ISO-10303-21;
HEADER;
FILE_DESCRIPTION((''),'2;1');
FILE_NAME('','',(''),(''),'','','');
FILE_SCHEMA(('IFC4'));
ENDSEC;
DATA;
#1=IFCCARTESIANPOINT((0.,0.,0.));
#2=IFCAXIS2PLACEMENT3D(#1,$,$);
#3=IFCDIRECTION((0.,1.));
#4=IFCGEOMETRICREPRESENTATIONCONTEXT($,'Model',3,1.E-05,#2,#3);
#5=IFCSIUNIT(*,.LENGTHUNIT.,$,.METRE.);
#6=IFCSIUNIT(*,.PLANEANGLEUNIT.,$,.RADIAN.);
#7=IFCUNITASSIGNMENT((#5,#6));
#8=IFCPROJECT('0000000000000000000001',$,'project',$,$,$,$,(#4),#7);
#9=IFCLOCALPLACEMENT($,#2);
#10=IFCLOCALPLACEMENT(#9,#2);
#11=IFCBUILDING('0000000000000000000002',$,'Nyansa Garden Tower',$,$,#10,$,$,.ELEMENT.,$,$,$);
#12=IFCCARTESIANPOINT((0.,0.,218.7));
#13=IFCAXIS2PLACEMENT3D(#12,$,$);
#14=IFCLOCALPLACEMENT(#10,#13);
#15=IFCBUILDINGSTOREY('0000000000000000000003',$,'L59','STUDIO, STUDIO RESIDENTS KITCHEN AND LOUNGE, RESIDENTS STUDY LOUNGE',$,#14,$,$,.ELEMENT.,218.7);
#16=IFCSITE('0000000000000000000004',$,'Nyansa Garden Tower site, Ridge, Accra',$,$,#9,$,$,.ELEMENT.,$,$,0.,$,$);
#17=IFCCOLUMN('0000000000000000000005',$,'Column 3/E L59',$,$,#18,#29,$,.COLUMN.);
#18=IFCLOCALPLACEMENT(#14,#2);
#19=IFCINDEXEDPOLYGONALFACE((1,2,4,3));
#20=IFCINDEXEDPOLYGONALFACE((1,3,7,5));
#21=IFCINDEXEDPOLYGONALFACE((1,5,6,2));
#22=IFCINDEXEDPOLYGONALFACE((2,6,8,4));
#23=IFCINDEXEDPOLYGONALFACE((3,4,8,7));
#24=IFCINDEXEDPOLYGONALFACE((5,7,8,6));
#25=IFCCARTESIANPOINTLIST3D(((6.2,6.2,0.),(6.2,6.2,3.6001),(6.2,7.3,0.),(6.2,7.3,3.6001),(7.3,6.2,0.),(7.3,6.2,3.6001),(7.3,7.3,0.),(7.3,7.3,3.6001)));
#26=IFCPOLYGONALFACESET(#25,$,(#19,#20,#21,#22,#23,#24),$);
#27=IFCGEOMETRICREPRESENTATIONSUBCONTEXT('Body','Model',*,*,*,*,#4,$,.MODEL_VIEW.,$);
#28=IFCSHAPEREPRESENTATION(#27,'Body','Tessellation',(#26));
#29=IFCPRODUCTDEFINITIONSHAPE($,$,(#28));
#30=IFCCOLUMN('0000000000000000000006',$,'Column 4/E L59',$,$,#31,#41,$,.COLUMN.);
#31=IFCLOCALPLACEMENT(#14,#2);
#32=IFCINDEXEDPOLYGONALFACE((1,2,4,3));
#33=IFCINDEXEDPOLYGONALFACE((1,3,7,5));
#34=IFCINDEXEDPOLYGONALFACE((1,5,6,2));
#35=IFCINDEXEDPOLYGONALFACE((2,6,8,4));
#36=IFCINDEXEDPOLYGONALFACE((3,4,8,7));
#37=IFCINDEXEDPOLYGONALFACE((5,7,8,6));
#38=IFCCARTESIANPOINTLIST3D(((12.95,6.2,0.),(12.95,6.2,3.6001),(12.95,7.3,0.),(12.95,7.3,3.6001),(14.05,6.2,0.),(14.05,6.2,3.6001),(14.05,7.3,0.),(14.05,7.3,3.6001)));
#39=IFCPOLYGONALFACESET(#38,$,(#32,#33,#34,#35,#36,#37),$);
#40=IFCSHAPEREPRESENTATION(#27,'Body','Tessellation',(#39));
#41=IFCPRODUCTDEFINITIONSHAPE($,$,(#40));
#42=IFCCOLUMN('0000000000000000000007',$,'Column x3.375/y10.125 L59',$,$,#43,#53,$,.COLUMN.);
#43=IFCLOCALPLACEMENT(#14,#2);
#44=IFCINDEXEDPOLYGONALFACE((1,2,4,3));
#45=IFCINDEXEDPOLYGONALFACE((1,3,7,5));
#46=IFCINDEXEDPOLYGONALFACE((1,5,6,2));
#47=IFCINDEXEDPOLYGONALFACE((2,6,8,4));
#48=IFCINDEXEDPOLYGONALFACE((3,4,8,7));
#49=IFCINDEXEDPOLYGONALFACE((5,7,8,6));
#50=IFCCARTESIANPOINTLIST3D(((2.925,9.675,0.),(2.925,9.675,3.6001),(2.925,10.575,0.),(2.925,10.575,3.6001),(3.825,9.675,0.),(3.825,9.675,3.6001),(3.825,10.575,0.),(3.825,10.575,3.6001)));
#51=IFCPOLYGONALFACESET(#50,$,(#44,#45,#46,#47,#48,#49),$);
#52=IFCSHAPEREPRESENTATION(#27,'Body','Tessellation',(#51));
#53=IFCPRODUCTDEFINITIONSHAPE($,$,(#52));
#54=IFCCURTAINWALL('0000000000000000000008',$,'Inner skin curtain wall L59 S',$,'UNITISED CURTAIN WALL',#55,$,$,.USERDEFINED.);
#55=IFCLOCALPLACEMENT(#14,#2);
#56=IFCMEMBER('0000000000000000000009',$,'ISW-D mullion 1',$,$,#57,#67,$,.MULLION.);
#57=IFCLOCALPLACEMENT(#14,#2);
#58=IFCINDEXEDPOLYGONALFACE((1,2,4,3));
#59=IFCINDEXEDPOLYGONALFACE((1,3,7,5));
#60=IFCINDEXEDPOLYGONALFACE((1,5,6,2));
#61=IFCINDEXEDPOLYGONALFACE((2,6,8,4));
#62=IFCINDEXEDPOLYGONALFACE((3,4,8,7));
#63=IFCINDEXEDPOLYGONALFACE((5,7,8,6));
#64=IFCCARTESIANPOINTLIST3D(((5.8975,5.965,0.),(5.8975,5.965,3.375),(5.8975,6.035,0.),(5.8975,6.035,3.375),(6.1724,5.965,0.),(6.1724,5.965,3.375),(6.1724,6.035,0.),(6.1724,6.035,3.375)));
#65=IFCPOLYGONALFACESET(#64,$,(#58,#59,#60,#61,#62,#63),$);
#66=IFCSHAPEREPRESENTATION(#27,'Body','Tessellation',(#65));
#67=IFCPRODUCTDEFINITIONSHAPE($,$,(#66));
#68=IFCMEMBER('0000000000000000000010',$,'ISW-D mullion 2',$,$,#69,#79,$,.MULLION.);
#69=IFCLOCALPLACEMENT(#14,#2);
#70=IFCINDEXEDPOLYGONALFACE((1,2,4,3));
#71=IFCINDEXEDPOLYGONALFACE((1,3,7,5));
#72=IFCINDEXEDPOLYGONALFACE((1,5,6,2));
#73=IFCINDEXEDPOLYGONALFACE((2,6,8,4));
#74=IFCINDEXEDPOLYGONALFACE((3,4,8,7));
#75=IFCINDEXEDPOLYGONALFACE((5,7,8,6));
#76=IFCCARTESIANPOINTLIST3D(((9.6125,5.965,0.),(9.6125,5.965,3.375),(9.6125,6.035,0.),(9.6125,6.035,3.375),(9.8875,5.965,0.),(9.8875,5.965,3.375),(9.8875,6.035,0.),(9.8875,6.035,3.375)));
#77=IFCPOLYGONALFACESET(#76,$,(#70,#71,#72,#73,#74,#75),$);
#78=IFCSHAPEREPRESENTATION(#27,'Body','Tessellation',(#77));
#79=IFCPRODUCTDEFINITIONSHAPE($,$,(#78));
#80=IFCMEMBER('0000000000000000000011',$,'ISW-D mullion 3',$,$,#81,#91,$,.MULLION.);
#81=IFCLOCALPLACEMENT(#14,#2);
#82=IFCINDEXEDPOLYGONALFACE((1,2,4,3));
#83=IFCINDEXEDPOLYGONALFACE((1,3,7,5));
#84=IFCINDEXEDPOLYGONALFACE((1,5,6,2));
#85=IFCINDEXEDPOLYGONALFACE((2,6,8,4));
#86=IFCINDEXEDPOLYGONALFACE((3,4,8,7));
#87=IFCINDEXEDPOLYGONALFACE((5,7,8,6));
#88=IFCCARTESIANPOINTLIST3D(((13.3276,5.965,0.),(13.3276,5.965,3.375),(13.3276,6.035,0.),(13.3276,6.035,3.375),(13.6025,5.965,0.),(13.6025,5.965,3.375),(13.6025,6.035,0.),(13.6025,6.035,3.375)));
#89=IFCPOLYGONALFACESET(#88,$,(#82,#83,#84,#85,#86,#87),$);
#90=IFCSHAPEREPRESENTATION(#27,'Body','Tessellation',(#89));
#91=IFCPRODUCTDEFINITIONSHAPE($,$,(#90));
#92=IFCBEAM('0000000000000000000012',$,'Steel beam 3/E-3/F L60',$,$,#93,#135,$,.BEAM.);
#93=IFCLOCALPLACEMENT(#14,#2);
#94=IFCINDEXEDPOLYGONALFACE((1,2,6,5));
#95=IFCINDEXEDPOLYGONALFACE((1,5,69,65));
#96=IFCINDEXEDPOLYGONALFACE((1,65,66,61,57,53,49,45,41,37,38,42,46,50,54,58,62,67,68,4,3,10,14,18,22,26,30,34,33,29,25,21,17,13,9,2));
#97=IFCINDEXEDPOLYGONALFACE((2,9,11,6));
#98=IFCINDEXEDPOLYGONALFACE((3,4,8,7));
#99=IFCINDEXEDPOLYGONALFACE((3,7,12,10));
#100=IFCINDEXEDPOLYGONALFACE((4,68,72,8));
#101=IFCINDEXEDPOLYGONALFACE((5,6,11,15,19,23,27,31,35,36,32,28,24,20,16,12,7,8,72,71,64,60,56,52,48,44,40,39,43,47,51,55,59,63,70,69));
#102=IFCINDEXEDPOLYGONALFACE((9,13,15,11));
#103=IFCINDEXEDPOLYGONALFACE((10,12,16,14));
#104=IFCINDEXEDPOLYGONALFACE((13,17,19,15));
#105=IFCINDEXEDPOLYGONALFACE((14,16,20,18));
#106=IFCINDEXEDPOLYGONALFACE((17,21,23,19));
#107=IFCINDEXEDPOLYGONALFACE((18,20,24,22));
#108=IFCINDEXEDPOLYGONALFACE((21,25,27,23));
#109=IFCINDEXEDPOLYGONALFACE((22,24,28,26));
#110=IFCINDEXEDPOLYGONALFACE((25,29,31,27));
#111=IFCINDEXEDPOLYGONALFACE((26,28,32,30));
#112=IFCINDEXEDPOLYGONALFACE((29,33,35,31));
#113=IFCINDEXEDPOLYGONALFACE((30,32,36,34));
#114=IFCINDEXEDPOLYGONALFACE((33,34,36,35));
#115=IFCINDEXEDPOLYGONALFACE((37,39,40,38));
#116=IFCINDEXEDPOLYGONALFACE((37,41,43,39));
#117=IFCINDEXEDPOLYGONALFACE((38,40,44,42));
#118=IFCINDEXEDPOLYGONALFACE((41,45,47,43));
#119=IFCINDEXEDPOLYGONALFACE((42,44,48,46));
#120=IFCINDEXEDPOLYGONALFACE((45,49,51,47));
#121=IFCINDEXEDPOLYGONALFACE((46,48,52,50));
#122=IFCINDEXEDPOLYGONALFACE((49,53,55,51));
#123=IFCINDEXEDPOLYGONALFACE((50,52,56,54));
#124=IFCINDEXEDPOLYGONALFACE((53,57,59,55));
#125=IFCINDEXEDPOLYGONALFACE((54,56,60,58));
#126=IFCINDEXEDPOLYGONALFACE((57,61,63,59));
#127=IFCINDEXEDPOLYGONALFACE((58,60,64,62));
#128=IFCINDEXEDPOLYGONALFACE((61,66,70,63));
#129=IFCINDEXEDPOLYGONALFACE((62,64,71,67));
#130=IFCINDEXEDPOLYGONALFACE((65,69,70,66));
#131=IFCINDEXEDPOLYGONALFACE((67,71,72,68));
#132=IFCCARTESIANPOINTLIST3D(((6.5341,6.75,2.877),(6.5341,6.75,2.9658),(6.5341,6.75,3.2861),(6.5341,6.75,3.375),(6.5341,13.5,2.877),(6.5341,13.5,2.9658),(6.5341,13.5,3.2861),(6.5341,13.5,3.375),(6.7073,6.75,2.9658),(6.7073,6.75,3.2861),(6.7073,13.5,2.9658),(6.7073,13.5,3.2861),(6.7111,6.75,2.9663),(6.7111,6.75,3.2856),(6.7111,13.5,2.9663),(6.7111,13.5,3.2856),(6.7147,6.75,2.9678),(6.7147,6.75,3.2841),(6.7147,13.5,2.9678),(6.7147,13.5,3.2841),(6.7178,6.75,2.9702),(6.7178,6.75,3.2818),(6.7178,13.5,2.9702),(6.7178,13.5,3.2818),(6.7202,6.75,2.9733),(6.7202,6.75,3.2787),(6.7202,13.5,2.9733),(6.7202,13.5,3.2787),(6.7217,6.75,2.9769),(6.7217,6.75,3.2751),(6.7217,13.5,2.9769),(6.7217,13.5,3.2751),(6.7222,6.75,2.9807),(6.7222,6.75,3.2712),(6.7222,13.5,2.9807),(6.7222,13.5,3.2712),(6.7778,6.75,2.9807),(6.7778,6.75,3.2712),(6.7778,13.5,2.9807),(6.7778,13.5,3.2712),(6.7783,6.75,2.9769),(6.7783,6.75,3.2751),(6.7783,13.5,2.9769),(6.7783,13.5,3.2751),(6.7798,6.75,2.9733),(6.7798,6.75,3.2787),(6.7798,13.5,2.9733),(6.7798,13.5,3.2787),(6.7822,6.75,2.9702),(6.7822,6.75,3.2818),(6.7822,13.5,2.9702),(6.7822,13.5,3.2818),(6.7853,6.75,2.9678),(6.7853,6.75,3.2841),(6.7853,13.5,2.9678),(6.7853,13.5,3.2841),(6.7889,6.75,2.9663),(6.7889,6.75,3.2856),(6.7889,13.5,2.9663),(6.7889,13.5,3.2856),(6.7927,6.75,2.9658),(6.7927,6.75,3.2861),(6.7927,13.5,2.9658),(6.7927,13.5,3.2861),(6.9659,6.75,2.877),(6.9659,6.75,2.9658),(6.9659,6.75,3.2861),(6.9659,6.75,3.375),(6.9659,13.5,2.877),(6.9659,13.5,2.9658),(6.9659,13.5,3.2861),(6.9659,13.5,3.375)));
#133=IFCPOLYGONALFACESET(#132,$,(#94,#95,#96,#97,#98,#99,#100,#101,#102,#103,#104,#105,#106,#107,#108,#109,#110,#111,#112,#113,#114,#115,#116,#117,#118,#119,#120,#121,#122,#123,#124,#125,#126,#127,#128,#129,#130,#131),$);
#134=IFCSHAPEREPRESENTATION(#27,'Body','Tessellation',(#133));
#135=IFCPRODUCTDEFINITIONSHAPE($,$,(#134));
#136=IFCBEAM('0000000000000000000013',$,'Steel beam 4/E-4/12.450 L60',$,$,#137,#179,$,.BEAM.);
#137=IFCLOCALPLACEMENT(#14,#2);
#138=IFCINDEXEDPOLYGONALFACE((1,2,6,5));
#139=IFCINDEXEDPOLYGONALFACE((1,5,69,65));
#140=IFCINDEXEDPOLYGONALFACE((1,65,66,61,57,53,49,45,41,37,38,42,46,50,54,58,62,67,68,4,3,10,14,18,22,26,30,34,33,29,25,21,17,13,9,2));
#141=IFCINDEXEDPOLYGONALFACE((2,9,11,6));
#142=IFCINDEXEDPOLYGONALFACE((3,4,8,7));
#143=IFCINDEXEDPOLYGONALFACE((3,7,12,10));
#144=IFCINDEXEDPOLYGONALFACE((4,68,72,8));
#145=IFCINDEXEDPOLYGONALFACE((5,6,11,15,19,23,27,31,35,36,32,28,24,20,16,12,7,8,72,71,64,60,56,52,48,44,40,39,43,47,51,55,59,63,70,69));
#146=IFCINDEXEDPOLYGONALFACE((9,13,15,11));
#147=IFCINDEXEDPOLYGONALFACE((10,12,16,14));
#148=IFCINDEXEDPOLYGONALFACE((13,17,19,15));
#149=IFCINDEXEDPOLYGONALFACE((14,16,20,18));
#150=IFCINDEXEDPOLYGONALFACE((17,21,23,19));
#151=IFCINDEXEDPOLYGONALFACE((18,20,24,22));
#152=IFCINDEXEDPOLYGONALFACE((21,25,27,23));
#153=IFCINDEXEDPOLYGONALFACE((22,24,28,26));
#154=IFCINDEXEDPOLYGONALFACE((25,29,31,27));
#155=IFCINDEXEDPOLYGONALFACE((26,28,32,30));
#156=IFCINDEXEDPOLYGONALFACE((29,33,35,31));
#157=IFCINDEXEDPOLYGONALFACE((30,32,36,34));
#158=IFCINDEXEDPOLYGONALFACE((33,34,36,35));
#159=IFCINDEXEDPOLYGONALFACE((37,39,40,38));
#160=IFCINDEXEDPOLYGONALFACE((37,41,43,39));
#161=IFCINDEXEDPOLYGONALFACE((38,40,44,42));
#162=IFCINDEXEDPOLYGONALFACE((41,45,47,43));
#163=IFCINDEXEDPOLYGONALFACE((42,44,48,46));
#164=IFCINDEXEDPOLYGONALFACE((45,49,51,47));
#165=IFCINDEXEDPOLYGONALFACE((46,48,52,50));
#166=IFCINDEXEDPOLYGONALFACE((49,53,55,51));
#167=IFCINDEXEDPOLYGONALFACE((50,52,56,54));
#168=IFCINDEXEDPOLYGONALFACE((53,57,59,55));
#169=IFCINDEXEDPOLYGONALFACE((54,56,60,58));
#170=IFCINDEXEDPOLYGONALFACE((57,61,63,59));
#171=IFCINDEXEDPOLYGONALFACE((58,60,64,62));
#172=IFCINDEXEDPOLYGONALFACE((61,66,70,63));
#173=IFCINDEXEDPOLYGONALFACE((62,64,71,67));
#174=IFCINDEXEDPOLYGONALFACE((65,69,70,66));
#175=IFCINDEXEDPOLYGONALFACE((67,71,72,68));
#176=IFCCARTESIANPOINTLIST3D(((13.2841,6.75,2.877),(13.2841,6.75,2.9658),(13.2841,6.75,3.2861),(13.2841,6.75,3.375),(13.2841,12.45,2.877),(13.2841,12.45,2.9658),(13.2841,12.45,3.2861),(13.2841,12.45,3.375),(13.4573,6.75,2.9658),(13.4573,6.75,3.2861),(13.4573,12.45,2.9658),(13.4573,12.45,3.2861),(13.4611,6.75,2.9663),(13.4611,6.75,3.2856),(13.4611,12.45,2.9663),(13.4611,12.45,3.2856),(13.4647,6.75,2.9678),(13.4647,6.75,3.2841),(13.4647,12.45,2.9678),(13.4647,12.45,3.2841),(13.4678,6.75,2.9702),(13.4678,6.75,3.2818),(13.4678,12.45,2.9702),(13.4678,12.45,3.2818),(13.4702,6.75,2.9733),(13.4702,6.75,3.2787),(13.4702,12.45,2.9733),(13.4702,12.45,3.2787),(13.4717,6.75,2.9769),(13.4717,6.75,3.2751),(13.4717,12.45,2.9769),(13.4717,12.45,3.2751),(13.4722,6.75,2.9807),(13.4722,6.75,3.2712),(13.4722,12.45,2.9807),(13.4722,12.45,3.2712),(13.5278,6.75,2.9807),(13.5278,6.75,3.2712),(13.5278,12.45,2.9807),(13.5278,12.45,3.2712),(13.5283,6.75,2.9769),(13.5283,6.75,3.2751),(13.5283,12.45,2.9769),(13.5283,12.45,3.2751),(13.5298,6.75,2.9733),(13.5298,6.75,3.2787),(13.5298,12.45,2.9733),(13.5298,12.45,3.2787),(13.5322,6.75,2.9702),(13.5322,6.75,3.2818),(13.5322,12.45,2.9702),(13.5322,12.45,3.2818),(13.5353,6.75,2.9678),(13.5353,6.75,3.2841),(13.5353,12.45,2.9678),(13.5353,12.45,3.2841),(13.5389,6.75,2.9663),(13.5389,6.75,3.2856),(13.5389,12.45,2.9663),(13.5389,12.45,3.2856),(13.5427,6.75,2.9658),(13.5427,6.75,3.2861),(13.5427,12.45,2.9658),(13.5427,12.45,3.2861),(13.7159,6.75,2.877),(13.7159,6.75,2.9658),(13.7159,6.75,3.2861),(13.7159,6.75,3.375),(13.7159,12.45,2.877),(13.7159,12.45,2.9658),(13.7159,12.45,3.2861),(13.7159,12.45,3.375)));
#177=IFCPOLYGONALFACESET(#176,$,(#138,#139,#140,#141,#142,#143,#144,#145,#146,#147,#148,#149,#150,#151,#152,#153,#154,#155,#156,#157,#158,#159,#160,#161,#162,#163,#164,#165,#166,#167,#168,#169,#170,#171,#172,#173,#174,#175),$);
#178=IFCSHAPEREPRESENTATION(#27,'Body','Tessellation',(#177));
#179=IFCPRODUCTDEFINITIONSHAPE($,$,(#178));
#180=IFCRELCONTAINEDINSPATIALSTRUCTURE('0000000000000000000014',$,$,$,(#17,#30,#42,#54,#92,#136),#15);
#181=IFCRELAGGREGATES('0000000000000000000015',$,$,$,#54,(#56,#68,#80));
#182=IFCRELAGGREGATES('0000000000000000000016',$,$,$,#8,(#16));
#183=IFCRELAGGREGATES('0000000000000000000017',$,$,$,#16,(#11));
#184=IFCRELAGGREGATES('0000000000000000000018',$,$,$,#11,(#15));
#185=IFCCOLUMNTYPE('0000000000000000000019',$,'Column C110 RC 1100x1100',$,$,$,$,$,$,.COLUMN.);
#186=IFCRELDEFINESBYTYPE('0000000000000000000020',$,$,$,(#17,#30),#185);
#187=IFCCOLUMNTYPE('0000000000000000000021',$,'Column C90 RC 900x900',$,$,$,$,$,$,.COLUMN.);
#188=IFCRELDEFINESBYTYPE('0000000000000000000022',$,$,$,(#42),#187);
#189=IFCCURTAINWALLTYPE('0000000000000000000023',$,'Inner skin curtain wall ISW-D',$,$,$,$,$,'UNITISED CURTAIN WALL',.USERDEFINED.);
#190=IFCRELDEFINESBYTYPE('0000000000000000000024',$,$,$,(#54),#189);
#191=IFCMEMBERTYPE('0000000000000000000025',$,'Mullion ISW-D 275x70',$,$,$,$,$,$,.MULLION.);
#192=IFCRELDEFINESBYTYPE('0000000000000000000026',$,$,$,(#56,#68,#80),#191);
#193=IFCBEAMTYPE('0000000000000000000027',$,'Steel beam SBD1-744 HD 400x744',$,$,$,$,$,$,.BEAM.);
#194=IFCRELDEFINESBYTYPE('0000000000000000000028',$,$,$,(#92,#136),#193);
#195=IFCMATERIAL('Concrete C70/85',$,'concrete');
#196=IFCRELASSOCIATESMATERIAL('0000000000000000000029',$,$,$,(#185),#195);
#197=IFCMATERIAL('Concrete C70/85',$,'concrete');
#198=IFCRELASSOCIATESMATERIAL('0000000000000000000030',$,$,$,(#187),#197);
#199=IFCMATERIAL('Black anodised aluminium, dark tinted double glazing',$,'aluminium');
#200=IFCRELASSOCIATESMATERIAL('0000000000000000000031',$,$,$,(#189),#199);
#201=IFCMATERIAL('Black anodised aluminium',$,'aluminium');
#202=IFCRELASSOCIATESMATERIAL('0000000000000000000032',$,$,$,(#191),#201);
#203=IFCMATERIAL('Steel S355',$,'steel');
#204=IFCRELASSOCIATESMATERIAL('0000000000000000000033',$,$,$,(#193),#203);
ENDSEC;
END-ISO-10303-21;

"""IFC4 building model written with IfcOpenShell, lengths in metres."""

from ifc_helpers import new_model, si_unit, direction, frame, origin, origin_2d, place, context, subcontext, project, spatial, rectangle, i_section, extrude, material, material_profile, profile_set, type_object, element, aggregate, save


model = new_model("IFC4")

# Units and contexts
model_context = context("Model", 3, precision=1e-05, world=origin(), true_north=direction((0.0, 1.0)))
body_context = subcontext(model_context, "Body", "Model", "MODEL_VIEW")
ifc_project = project(units=[si_unit("LENGTHUNIT", "METRE"), si_unit("PLANEANGLEUNIT", "RADIAN")], contexts=[model_context])

# Site, building, storey
site_placement = place(None, origin())
site = spatial("IfcSite", under=ifc_project, at=site_placement, Name="Nyansa Garden Tower site, Ridge, Accra", CompositionType="ELEMENT", RefElevation=0.0)
building_placement = place(site_placement, origin())
building = spatial("IfcBuilding", under=site, at=building_placement, Name="Nyansa Garden Tower", CompositionType="ELEMENT")
storey_placement = place(building_placement, frame((0.0, 0.0, 218.7)))
storey = spatial("IfcBuildingStorey", under=building, at=storey_placement, Name="L59", Description="STUDIO, STUDIO RESIDENTS KITCHEN AND LOUNGE, RESIDENTS STUDY LOUNGE", CompositionType="ELEMENT", Elevation=218.7)

# Columns
ifc_material_1 = material(Name="Concrete C70/85", Category="concrete")
ifc_material_profile_1 = material_profile(ifc_material_1, rectangle(XDim=1.1001, YDim=1.1001, at=origin_2d()), Name="RC 1100x1100")
ifc_profile_set_1 = profile_set([ifc_material_profile_1], Name="Concrete C70/85")
column_type_1 = type_object("IfcColumnType", Name="Column C110 RC 1100x1100", PredefinedType="COLUMN", material=ifc_profile_set_1)
for number, where, z_axis, x_axis, name in (
    (1, (6.75, 6.75, 0.0), (0.0, 0.0, 1.0), (1.0, 0.0, 0.0), "Column 3/E L59"),
    (2, (13.5, 6.75, 0.0), (0.0, 0.0, 1.0), (1.0, 0.0, 0.0), "Column 4/E L59"),
):
    element("IfcColumn", number, at=place(storey_placement, frame(where, z_axis=z_axis, x_axis=x_axis)), inside=storey, type_object=column_type_1, Name=name, PredefinedType="COLUMN", context=body_context, shape_type="SweptSolid", body=[
        extrude(rectangle(XDim=1.1001, YDim=1.1001, at=origin_2d()), origin(), (0.0, 0.0, 1.0), 3.6001),
    ])
ifc_material_2 = material(Name="Concrete C70/85", Category="concrete")
ifc_material_profile_2 = material_profile(ifc_material_2, rectangle(XDim=0.8999, YDim=0.8999, at=origin_2d()), Name="RC 900x900")
ifc_profile_set_2 = profile_set([ifc_material_profile_2], Name="Concrete C70/85")
column_type_2 = type_object("IfcColumnType", Name="Column C90 RC 900x900", PredefinedType="COLUMN", material=ifc_profile_set_2)
column_placement = place(storey_placement, frame((3.375, 10.125, 0.0), z_axis=(0.0, 0.0, 1.0), x_axis=(1.0, 0.0, 0.0)))
element("IfcColumn", 3, at=column_placement, inside=storey, type_object=column_type_2, Name="Column x3.375/y10.125 L59", PredefinedType="COLUMN", context=body_context, shape_type="SweptSolid", body=[
    extrude(rectangle(XDim=0.8999, YDim=0.8999, at=origin_2d()), origin(), (0.0, 0.0, 1.0), 3.6001),
])

# Curtain wall, members
ifc_material_3 = material(Name="Black anodised aluminium, dark tinted double glazing", Category="aluminium")
curtain_wall_type = type_object("IfcCurtainWallType", Name="Inner skin curtain wall ISW-D", ElementType="UNITISED CURTAIN WALL", PredefinedType="USERDEFINED", material=ifc_material_3)
curtain_wall_placement = place(storey_placement, origin())
curtain_wall = element("IfcCurtainWall", 4, at=curtain_wall_placement, inside=storey, type_object=curtain_wall_type, Name="Inner skin curtain wall L59 S", ObjectType="UNITISED CURTAIN WALL", PredefinedType="USERDEFINED")
ifc_material_4 = material(Name="Black anodised aluminium", Category="aluminium")
ifc_material_profile_3 = material_profile(ifc_material_4, rectangle(XDim=0.0701, YDim=0.2749, at=origin_2d()), Name="Mullion 275x70")
ifc_profile_set_3 = profile_set([ifc_material_profile_3], Name="Black anodised aluminium")
member_type_1 = type_object("IfcMemberType", Name="Mullion ISW-D 275x70", PredefinedType="MULLION", material=ifc_profile_set_3)
member_1_placement = place(storey_placement, frame((6.0349, 6.0, 0.0), z_axis=(0.0, 0.0, 1.0), x_axis=(0.0, 1.0, 0.0)))
member_1 = element("IfcMember", 5, at=member_1_placement, type_object=member_type_1, Name="ISW-D mullion 1", PredefinedType="MULLION", context=body_context, shape_type="SweptSolid", body=[
    extrude(rectangle(XDim=0.0701, YDim=0.2749, at=origin_2d()), origin(), (0.0, 0.0, 1.0), 3.375),
])
member_2_placement = place(storey_placement, frame((9.75, 6.0, 0.0), z_axis=(0.0, 0.0, 1.0), x_axis=(0.0, 1.0, 0.0)))
member_2 = element("IfcMember", 6, at=member_2_placement, type_object=member_type_1, Name="ISW-D mullion 2", PredefinedType="MULLION", context=body_context, shape_type="SweptSolid", body=[
    extrude(rectangle(XDim=0.0701, YDim=0.2749, at=origin_2d()), origin(), (0.0, 0.0, 1.0), 3.375),
])
member_3_placement = place(storey_placement, frame((13.4651, 6.0, 0.0), z_axis=(0.0, 0.0, 1.0), x_axis=(0.0, 1.0, 0.0)))
member_3 = element("IfcMember", 7, at=member_3_placement, type_object=member_type_1, Name="ISW-D mullion 3", PredefinedType="MULLION", context=body_context, shape_type="SweptSolid", body=[
    extrude(rectangle(XDim=0.0701, YDim=0.2749, at=origin_2d()), origin(), (0.0, 0.0, 1.0), 3.375),
])

# Beams
ifc_material_5 = material(Name="Steel S355", Category="steel")
ifc_material_profile_4 = material_profile(ifc_material_5, i_section(OverallWidth=0.4319, OverallDepth=0.498, WebThickness=0.0557, FlangeThickness=0.0889, FilletRadius=0.0149, at=origin_2d()), Name="HD 400x744")
ifc_profile_set_4 = profile_set([ifc_material_profile_4], Name="Steel S355")
beam_type_1 = type_object("IfcBeamType", Name="Steel beam SBD1-744 HD 400x744", PredefinedType="BEAM", material=ifc_profile_set_4)
beam_1_placement = place(storey_placement, frame((6.75, 6.75, 3.126), z_axis=(0.0, 1.0, 0.0), x_axis=(-1.0, 0.0, 0.0)))
element("IfcBeam", 8, at=beam_1_placement, inside=storey, type_object=beam_type_1, Name="Steel beam 3/E-3/F L60", PredefinedType="BEAM", context=body_context, shape_type="SweptSolid", body=[
    extrude(i_section(OverallWidth=0.4319, OverallDepth=0.498, WebThickness=0.0557, FlangeThickness=0.0889, FilletRadius=0.0149, at=origin_2d()), origin(), (0.0, 0.0, 1.0), 6.75),
])
beam_2_placement = place(storey_placement, frame((13.5, 6.75, 3.126), z_axis=(0.0, 1.0, 0.0), x_axis=(-1.0, 0.0, 0.0)))
element("IfcBeam", 9, at=beam_2_placement, inside=storey, type_object=beam_type_1, Name="Steel beam 4/E-4/12.450 L60", PredefinedType="BEAM", context=body_context, shape_type="SweptSolid", body=[
    extrude(i_section(OverallWidth=0.4319, OverallDepth=0.498, WebThickness=0.0557, FlangeThickness=0.0889, FilletRadius=0.0149, at=origin_2d()), origin(), (0.0, 0.0, 1.0), 5.7),
])

aggregate(curtain_wall, [member_1, member_2, member_3])

save(model, "model.ifc")
